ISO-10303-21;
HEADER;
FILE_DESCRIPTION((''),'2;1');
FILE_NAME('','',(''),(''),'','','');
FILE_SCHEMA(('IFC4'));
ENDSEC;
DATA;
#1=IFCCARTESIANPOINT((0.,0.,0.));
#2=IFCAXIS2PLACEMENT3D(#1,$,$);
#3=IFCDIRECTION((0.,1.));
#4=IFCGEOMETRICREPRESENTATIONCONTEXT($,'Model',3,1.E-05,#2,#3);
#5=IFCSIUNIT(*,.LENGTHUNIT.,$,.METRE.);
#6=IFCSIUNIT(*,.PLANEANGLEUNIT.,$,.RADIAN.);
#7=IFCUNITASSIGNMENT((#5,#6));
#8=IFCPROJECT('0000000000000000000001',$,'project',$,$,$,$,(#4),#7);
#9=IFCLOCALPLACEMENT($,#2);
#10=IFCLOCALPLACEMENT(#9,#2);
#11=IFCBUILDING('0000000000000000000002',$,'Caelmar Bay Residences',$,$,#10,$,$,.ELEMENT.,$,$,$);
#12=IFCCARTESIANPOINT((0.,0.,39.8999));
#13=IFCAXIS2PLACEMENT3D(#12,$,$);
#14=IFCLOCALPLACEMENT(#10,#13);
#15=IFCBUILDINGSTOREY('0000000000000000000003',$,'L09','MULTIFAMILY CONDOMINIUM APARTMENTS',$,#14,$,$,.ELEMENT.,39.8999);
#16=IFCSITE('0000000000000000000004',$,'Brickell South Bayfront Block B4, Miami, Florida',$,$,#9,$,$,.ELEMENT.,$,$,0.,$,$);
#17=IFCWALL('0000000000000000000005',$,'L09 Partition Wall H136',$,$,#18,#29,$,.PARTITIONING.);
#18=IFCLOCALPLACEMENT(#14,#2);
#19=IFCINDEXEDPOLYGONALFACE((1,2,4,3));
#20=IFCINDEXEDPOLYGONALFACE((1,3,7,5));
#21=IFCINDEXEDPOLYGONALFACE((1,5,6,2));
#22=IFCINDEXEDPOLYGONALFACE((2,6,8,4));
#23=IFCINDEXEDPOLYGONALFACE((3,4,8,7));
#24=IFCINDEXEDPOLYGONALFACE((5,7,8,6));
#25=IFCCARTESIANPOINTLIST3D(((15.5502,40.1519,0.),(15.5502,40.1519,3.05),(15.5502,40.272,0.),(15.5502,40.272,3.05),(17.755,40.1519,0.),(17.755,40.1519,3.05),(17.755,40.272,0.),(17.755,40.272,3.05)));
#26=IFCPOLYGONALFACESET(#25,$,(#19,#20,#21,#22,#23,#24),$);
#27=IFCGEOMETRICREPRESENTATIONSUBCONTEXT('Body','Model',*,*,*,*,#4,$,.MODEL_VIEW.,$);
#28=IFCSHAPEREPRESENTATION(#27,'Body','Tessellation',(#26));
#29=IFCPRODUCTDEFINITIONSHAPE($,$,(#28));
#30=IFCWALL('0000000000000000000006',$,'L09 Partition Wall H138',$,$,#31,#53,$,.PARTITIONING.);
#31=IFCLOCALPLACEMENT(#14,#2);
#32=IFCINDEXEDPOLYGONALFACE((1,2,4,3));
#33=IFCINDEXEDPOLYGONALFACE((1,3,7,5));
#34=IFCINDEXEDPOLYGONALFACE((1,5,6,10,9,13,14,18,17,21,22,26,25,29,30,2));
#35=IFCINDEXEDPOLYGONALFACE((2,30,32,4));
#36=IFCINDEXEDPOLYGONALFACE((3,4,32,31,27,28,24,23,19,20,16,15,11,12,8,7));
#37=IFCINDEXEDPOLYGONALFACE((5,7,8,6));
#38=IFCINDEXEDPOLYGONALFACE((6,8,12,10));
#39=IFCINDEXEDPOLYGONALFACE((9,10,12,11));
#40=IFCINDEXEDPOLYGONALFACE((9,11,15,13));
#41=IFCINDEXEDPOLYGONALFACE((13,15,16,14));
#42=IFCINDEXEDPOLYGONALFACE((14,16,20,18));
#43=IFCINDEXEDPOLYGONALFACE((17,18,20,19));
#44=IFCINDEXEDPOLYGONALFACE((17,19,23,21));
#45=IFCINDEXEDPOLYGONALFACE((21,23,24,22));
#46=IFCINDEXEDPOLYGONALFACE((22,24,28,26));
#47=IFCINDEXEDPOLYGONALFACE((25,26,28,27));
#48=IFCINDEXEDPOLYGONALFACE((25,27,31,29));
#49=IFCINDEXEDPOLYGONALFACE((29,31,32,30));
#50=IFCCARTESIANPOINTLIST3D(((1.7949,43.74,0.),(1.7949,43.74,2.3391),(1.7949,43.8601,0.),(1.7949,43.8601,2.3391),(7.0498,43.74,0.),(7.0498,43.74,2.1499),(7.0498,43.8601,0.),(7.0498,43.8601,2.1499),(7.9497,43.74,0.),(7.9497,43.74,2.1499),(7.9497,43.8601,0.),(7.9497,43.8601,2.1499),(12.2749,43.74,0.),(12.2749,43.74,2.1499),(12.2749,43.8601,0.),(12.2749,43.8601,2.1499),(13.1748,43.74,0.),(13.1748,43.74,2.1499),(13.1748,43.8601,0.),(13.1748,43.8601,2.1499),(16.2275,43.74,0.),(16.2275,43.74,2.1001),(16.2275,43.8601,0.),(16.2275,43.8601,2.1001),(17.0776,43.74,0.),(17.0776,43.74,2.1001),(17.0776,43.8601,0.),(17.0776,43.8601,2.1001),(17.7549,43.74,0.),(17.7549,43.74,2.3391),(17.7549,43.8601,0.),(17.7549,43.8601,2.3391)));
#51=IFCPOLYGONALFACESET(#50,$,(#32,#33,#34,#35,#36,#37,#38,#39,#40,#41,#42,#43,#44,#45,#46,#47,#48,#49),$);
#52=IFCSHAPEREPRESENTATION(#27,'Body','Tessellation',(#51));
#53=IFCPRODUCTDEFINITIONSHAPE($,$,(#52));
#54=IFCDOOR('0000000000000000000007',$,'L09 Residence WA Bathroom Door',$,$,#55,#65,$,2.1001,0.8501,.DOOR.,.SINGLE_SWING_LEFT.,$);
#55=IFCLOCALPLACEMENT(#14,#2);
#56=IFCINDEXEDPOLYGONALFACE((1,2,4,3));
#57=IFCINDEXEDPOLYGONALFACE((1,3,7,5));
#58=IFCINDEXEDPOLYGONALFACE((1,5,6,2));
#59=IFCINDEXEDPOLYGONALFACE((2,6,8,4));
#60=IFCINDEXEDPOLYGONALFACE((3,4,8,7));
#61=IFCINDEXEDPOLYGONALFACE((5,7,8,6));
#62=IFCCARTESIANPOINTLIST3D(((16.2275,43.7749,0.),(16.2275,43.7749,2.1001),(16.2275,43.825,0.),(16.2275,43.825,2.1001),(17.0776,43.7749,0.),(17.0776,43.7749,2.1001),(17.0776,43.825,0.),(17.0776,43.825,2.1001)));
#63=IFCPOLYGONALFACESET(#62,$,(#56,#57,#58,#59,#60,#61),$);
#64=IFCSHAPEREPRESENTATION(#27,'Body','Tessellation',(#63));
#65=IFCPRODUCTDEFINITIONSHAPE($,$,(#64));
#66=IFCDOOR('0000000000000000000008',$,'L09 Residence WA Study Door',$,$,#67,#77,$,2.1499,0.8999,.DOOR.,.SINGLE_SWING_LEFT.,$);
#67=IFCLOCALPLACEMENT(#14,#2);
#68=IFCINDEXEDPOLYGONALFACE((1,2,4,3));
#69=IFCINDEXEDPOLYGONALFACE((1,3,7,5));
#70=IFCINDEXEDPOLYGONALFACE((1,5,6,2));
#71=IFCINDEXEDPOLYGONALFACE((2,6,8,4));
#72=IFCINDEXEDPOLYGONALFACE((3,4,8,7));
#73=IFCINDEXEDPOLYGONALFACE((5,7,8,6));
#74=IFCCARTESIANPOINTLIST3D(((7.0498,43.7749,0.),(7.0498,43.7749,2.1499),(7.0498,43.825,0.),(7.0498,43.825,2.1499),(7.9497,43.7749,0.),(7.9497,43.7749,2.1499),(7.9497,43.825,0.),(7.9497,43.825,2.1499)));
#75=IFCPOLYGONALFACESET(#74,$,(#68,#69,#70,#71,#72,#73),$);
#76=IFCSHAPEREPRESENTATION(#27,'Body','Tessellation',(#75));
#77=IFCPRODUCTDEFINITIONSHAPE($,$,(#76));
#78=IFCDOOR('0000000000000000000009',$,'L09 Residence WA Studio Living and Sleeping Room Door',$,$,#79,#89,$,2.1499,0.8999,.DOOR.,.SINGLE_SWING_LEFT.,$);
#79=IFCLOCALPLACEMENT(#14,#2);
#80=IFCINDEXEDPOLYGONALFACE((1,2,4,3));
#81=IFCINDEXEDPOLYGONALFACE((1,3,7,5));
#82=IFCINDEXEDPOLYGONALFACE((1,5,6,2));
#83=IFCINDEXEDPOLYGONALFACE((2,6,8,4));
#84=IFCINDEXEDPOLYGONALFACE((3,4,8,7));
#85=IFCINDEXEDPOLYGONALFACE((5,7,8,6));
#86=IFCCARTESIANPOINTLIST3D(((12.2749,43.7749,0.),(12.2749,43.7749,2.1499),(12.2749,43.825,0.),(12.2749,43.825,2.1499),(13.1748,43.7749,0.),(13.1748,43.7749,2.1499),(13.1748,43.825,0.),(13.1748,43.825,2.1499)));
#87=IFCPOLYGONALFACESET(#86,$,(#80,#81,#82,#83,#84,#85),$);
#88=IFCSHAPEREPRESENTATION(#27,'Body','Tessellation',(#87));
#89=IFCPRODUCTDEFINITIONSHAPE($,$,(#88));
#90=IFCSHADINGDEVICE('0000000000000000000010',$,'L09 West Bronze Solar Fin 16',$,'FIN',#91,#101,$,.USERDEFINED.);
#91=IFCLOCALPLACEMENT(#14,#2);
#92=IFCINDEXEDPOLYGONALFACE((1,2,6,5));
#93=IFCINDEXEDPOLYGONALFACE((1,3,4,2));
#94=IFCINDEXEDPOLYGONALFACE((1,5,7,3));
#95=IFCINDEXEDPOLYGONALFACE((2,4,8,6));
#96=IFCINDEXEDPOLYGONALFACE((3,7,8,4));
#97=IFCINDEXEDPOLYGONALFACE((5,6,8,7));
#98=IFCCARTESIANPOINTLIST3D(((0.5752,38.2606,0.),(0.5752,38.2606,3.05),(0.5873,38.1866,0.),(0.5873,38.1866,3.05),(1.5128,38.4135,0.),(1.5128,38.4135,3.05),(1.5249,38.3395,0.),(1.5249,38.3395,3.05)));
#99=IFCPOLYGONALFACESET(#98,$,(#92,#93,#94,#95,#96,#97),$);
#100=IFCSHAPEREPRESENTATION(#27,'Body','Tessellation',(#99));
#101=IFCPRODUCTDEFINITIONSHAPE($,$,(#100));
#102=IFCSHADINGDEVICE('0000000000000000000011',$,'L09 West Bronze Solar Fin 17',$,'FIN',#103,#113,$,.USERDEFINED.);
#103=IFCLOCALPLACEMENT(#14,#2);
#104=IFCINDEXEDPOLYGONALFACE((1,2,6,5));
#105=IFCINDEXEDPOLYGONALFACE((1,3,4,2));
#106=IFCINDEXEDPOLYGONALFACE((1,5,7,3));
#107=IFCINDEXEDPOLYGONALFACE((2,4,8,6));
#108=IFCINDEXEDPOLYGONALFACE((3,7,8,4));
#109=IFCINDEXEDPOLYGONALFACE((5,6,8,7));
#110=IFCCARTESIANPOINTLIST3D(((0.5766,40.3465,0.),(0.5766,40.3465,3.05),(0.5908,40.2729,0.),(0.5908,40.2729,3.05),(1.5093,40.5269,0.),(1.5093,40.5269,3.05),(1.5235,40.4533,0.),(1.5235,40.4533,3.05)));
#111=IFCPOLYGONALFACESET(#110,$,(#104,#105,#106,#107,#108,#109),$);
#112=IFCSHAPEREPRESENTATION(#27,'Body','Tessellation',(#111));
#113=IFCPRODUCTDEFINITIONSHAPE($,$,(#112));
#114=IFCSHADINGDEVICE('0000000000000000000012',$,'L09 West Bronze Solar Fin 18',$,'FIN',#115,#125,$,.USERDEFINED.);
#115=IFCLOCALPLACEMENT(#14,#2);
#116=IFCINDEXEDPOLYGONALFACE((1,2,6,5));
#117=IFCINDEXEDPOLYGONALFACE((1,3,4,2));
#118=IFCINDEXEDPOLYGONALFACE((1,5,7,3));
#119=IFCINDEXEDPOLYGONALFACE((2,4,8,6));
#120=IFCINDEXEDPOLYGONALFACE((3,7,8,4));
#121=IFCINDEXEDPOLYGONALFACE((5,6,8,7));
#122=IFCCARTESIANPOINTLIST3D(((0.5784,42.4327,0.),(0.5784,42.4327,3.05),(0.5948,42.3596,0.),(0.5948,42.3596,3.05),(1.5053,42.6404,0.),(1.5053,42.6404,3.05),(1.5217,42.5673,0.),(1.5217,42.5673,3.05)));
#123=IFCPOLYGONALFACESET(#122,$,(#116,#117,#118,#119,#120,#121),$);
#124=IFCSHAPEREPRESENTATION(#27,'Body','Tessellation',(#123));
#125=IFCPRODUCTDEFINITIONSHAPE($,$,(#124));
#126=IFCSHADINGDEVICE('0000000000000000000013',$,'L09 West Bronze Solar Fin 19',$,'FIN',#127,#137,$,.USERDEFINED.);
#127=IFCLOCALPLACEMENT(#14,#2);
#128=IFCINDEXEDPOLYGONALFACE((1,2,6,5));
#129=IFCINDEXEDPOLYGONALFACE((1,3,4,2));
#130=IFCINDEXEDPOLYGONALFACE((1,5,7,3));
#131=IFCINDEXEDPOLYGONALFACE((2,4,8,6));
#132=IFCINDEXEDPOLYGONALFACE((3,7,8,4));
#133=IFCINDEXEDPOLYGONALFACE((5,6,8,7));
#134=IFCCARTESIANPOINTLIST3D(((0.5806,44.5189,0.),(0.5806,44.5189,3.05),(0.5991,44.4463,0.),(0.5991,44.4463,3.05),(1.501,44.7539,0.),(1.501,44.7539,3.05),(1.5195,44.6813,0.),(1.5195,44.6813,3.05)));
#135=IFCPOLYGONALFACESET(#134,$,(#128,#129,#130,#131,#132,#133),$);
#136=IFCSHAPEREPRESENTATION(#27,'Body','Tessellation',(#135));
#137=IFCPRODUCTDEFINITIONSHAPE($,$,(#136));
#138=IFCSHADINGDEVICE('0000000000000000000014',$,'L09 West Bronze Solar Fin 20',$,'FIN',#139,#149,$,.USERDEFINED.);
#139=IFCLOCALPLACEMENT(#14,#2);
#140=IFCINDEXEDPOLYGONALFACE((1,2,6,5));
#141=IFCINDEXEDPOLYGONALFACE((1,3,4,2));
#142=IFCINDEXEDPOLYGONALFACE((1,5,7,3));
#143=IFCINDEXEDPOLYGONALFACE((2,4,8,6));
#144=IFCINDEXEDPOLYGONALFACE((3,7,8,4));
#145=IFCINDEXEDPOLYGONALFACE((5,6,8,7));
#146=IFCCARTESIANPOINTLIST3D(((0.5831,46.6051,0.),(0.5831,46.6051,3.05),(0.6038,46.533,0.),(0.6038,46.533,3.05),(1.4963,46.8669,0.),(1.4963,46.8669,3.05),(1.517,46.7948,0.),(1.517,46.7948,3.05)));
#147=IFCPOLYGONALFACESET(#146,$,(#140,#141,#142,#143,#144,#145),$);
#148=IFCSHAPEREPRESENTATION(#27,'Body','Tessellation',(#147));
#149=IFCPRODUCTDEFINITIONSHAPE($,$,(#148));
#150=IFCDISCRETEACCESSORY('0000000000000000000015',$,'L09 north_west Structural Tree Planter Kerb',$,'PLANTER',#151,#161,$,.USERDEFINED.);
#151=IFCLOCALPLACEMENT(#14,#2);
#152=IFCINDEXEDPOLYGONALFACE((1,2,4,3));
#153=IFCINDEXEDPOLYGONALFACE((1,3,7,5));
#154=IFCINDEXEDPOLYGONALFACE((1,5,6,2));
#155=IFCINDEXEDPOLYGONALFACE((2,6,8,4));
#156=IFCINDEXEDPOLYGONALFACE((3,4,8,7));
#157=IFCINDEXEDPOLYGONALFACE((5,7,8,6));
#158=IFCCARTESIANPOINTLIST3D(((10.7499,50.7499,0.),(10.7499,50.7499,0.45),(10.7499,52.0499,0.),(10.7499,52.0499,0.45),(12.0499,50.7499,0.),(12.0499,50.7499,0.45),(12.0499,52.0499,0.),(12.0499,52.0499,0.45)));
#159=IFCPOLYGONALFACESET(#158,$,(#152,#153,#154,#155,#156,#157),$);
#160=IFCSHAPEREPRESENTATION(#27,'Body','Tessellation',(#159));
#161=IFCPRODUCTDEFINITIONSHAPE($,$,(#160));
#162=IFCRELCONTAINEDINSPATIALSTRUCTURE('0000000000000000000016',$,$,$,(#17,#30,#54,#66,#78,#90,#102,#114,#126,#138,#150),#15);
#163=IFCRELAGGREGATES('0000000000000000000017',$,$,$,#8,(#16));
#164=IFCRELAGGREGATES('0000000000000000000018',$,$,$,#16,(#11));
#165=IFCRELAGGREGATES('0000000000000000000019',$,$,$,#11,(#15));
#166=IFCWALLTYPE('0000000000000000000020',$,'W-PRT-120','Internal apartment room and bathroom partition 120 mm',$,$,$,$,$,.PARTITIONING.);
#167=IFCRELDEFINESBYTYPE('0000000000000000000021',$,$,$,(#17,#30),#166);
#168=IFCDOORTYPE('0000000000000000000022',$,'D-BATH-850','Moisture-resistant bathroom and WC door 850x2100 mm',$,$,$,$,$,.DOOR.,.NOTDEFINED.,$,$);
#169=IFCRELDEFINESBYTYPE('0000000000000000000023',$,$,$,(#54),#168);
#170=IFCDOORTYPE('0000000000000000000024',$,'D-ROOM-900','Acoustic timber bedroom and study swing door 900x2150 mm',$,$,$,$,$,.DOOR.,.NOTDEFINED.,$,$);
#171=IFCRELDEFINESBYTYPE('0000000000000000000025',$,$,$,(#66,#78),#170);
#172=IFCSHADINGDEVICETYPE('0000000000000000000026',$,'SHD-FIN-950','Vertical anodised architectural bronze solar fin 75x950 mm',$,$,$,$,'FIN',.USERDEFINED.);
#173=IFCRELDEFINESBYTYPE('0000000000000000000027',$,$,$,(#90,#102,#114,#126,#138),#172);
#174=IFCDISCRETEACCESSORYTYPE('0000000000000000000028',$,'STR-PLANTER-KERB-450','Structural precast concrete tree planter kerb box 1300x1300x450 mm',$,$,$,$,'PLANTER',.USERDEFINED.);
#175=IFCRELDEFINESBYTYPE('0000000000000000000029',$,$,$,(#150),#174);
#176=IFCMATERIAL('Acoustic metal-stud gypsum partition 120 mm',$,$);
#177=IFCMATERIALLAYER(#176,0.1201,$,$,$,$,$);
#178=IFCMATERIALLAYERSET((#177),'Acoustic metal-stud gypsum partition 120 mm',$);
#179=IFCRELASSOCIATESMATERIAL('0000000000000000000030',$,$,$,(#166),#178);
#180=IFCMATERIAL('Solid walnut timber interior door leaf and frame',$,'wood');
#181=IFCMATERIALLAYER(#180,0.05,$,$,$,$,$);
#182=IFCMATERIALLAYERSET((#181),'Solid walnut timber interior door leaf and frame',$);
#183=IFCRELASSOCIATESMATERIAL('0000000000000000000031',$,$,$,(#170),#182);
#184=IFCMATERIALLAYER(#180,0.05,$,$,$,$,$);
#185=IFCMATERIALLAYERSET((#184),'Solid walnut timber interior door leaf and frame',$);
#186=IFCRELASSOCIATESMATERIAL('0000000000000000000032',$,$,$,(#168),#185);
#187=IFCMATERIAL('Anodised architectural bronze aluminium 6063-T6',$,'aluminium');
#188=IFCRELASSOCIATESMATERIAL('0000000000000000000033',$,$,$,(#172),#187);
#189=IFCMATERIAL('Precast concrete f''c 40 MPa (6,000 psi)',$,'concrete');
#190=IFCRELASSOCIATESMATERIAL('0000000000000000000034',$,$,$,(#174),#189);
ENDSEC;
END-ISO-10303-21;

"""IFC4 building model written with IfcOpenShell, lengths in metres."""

from ifc_helpers import new_model, si_unit, direction, frame, frame_2d, origin, origin_2d, place, context, subcontext, project, spatial, rectangle, extrude, material, layer, layer_set, material_profile, profile_set, type_object, element, fill, save


model = new_model("IFC4")

# Units and contexts
model_context = context("Model", 3, precision=1e-05, world=origin(), true_north=direction((0.0, 1.0)))
body_context = subcontext(model_context, "Body", "Model", "MODEL_VIEW")
ifc_project = project(units=[si_unit("LENGTHUNIT", "METRE"), si_unit("PLANEANGLEUNIT", "RADIAN")], contexts=[model_context])

# Site, building, storey
site_placement = place(None, origin())
site = spatial("IfcSite", under=ifc_project, at=site_placement, Name="Brickell South Bayfront Block B4, Miami, Florida", CompositionType="ELEMENT", RefElevation=0.0)
building_placement = place(site_placement, origin())
building = spatial("IfcBuilding", under=site, at=building_placement, Name="Caelmar Bay Residences", CompositionType="ELEMENT")
storey_placement = place(building_placement, frame((0.0, 0.0, 39.8999)))
storey = spatial("IfcBuildingStorey", under=building, at=storey_placement, Name="L09", Description="MULTIFAMILY CONDOMINIUM APARTMENTS", CompositionType="ELEMENT", Elevation=39.8999)

# Shared definitions
ifc_material_1 = material(Name="Precast concrete f'c 40 MPa (6,000 psi)", Category="concrete")

# Shared definitions
ifc_material_2 = material(Name="Acoustic metal-stud gypsum partition 120 mm")
ifc_layer_1 = layer(ifc_material_2, 0.1201)
ifc_layer_set_1 = layer_set([ifc_layer_1], Name="Acoustic metal-stud gypsum partition 120 mm")
wall_type_1 = type_object("IfcWallType", Name="W-PRT-120", Description="Internal apartment room and bathroom partition 120 mm", PredefinedType="PARTITIONING", material=ifc_layer_set_1)
ifc_material_3 = material(Name="Solid walnut timber interior door leaf and frame", Category="wood")
ifc_layer_2 = layer(ifc_material_3, 0.05)
ifc_layer_set_2 = layer_set([ifc_layer_2], Name="Solid walnut timber interior door leaf and frame")
door_type_1 = type_object("IfcDoorType", Name="D-ROOM-900", Description="Acoustic timber bedroom and study swing door 900x2150 mm", OperationType="NOTDEFINED", PredefinedType="DOOR", material=ifc_layer_set_2)

# Wall
wall_1_placement = place(storey_placement, frame((15.55, 40.2119, 0.0), z_axis=(0.0, 0.0, 1.0), x_axis=(1.0, 0.0, 0.0)))
element("IfcWall", 1, at=wall_1_placement, inside=storey, type_object=wall_type_1, Name="L09 Partition Wall H136", PredefinedType="PARTITIONING", context=body_context, shape_type="SweptSolid", body=[
    extrude(rectangle(XDim=2.2048, YDim=0.1201, at=frame_2d((1.1025, 0.0))), origin(), (0.0, 0.0, 1.0), 3.05),
])

# Wall, openings, doors
wall_2_placement = place(storey_placement, frame((1.7949, 43.8, 0.0), z_axis=(0.0, 0.0, 1.0), x_axis=(1.0, 0.0, 0.0)))
wall_2 = element("IfcWall", 2, at=wall_2_placement, inside=storey, type_object=wall_type_1, Name="L09 Partition Wall H138", PredefinedType="PARTITIONING", context=body_context, shape_type="SweptSolid", body=[
    extrude(rectangle(XDim=15.96, YDim=0.1201, at=frame_2d((7.98, 0.0))), origin(), (0.0, 0.0, 1.0), 2.3391),
])
opening_1_placement = place(wall_2_placement, frame((5.2549, 0.0, 0.0)))
opening_1 = element("IfcOpeningElement", 3, at=opening_1_placement, cuts=wall_2, PredefinedType="OPENING", context=body_context, shape_type="SweptSolid", body=[
    extrude(rectangle(XDim=0.8999, YDim=2.1499, at=frame_2d((0.45, 1.075))), frame((0.0, 0.0701, 0.0), z_axis=(0.0, -1.0, 0.0), x_axis=(1.0, 0.0, 0.0)), (0.0, 0.0, 1.0), 0.1401),
])
opening_2_placement = place(wall_2_placement, frame((10.48, 0.0, 0.0)))
opening_2 = element("IfcOpeningElement", 4, at=opening_2_placement, cuts=wall_2, PredefinedType="OPENING", context=body_context, shape_type="SweptSolid", body=[
    extrude(rectangle(XDim=0.8999, YDim=2.1499, at=frame_2d((0.45, 1.075))), frame((0.0, 0.0701, 0.0), z_axis=(0.0, -1.0, 0.0), x_axis=(1.0, 0.0, 0.0)), (0.0, 0.0, 1.0), 0.1401),
])
opening_3_placement = place(wall_2_placement, frame((14.4326, 0.0, 0.0)))
opening_3 = element("IfcOpeningElement", 5, at=opening_3_placement, cuts=wall_2, PredefinedType="OPENING", context=body_context, shape_type="SweptSolid", body=[
    extrude(rectangle(XDim=0.8501, YDim=2.1001, at=frame_2d((0.425, 1.05))), frame((0.0, 0.0701, 0.0), z_axis=(0.0, -1.0, 0.0), x_axis=(1.0, 0.0, 0.0)), (0.0, 0.0, 1.0), 0.1401),
])
ifc_layer_3 = layer(ifc_material_3, 0.05)
ifc_layer_set_3 = layer_set([ifc_layer_3], Name="Solid walnut timber interior door leaf and frame")
door_type_2 = type_object("IfcDoorType", Name="D-BATH-850", Description="Moisture-resistant bathroom and WC door 850x2100 mm", OperationType="NOTDEFINED", PredefinedType="DOOR", material=ifc_layer_set_3)
door_1_placement = place(opening_3_placement, origin())
door_1 = element("IfcDoor", 6, at=door_1_placement, inside=storey, type_object=door_type_2, Name="L09 Residence WA Bathroom Door", OperationType="SINGLE_SWING_LEFT", OverallHeight=2.1001, OverallWidth=0.8501, PredefinedType="DOOR", context=body_context, shape_type="SweptSolid", body=[
    extrude(rectangle(XDim=0.8501, YDim=2.1001, at=frame_2d((0.425, 1.05))), frame((0.0, 0.0249, 0.0), z_axis=(0.0, -1.0, 0.0), x_axis=(1.0, 0.0, 0.0)), (0.0, 0.0, 1.0), 0.05),
])
fill(opening_3, door_1)
door_2_placement = place(opening_1_placement, origin())
door_2 = element("IfcDoor", 7, at=door_2_placement, inside=storey, type_object=door_type_1, Name="L09 Residence WA Study Door", OperationType="SINGLE_SWING_LEFT", OverallHeight=2.1499, OverallWidth=0.8999, PredefinedType="DOOR", context=body_context, shape_type="SweptSolid", body=[
    extrude(rectangle(XDim=0.8999, YDim=2.1499, at=frame_2d((0.45, 1.075))), frame((0.0, 0.0249, 0.0), z_axis=(0.0, -1.0, 0.0), x_axis=(1.0, 0.0, 0.0)), (0.0, 0.0, 1.0), 0.05),
])
fill(opening_1, door_2)
door_3_placement = place(opening_2_placement, origin())
door_3 = element("IfcDoor", 8, at=door_3_placement, inside=storey, type_object=door_type_1, Name="L09 Residence WA Studio Living and Sleeping Room Door", OperationType="SINGLE_SWING_LEFT", OverallHeight=2.1499, OverallWidth=0.8999, PredefinedType="DOOR", context=body_context, shape_type="SweptSolid", body=[
    extrude(rectangle(XDim=0.8999, YDim=2.1499, at=frame_2d((0.45, 1.075))), frame((0.0, 0.0249, 0.0), z_axis=(0.0, -1.0, 0.0), x_axis=(1.0, 0.0, 0.0)), (0.0, 0.0, 1.0), 0.05),
])
fill(opening_2, door_3)

# Shading devices
ifc_material_4 = material(Name="Anodised architectural bronze aluminium 6063-T6", Category="aluminium")
ifc_material_profile_1 = material_profile(ifc_material_4, rectangle(XDim=0.075, YDim=0.95, at=origin_2d()), Name="BRONZE-FIN-75X950")
ifc_profile_set_1 = profile_set([ifc_material_profile_1], Name="Anodised architectural bronze aluminium 6063-T6")
shading_device_type = type_object("IfcShadingDeviceType", Name="SHD-FIN-950", Description="Vertical anodised architectural bronze solar fin 75x950 mm", ElementType="FIN", PredefinedType="USERDEFINED", material=ifc_profile_set_1)
for number, where, z_axis, x_axis, name in (
    (9, (1.05, 38.3, 0.0), (0.0, 0.0, 1.0), (-0.160915, 0.986968, 0.0), "L09 West Bronze Solar Fin 16"),
    (10, (1.05, 40.3999, 0.0), (0.0, 0.0, 1.0), (-0.189952, 0.981793, 0.0), "L09 West Bronze Solar Fin 17"),
    (11, (1.05, 42.5, 0.0), (0.0, 0.0, 1.0), (-0.218654, 0.975802, 0.0), "L09 West Bronze Solar Fin 18"),
    (12, (1.05, 44.6001, 0.0), (0.0, 0.0, 1.0), (-0.247337, 0.968929, 0.0), "L09 West Bronze Solar Fin 19"),
    (13, (1.05, 46.7, 0.0), (0.0, 0.0, 1.0), (-0.275637, 0.961262, 0.0), "L09 West Bronze Solar Fin 20"),
):
    element("IfcShadingDevice", number, at=place(storey_placement, frame(where, z_axis=z_axis, x_axis=x_axis)), inside=storey, type_object=shading_device_type, Name=name, ObjectType="FIN", PredefinedType="USERDEFINED", context=body_context, shape_type="SweptSolid", body=[
        extrude(rectangle(XDim=0.075, YDim=0.95, at=origin_2d()), origin(), (0.0, 0.0, 1.0), 3.05),
    ])

# Discrete accessory
discrete_accessory_type = type_object("IfcDiscreteAccessoryType", Name="STR-PLANTER-KERB-450", Description="Structural precast concrete tree planter kerb box 1300x1300x450 mm", ElementType="PLANTER", PredefinedType="USERDEFINED", material=ifc_material_1)
discrete_accessory_placement = place(storey_placement, frame((11.3999, 51.3999, 0.0), z_axis=(0.0, 0.0, 1.0), x_axis=(1.0, 0.0, 0.0)))
element("IfcDiscreteAccessory", 14, at=discrete_accessory_placement, inside=storey, type_object=discrete_accessory_type, Name="L09 north_west Structural Tree Planter Kerb", ObjectType="PLANTER", PredefinedType="USERDEFINED", context=body_context, shape_type="SweptSolid", body=[
    extrude(rectangle(XDim=1.3, YDim=1.3, at=origin_2d()), origin(), (0.0, 0.0, 1.0), 0.45),
])

save(model, "model.ifc")
